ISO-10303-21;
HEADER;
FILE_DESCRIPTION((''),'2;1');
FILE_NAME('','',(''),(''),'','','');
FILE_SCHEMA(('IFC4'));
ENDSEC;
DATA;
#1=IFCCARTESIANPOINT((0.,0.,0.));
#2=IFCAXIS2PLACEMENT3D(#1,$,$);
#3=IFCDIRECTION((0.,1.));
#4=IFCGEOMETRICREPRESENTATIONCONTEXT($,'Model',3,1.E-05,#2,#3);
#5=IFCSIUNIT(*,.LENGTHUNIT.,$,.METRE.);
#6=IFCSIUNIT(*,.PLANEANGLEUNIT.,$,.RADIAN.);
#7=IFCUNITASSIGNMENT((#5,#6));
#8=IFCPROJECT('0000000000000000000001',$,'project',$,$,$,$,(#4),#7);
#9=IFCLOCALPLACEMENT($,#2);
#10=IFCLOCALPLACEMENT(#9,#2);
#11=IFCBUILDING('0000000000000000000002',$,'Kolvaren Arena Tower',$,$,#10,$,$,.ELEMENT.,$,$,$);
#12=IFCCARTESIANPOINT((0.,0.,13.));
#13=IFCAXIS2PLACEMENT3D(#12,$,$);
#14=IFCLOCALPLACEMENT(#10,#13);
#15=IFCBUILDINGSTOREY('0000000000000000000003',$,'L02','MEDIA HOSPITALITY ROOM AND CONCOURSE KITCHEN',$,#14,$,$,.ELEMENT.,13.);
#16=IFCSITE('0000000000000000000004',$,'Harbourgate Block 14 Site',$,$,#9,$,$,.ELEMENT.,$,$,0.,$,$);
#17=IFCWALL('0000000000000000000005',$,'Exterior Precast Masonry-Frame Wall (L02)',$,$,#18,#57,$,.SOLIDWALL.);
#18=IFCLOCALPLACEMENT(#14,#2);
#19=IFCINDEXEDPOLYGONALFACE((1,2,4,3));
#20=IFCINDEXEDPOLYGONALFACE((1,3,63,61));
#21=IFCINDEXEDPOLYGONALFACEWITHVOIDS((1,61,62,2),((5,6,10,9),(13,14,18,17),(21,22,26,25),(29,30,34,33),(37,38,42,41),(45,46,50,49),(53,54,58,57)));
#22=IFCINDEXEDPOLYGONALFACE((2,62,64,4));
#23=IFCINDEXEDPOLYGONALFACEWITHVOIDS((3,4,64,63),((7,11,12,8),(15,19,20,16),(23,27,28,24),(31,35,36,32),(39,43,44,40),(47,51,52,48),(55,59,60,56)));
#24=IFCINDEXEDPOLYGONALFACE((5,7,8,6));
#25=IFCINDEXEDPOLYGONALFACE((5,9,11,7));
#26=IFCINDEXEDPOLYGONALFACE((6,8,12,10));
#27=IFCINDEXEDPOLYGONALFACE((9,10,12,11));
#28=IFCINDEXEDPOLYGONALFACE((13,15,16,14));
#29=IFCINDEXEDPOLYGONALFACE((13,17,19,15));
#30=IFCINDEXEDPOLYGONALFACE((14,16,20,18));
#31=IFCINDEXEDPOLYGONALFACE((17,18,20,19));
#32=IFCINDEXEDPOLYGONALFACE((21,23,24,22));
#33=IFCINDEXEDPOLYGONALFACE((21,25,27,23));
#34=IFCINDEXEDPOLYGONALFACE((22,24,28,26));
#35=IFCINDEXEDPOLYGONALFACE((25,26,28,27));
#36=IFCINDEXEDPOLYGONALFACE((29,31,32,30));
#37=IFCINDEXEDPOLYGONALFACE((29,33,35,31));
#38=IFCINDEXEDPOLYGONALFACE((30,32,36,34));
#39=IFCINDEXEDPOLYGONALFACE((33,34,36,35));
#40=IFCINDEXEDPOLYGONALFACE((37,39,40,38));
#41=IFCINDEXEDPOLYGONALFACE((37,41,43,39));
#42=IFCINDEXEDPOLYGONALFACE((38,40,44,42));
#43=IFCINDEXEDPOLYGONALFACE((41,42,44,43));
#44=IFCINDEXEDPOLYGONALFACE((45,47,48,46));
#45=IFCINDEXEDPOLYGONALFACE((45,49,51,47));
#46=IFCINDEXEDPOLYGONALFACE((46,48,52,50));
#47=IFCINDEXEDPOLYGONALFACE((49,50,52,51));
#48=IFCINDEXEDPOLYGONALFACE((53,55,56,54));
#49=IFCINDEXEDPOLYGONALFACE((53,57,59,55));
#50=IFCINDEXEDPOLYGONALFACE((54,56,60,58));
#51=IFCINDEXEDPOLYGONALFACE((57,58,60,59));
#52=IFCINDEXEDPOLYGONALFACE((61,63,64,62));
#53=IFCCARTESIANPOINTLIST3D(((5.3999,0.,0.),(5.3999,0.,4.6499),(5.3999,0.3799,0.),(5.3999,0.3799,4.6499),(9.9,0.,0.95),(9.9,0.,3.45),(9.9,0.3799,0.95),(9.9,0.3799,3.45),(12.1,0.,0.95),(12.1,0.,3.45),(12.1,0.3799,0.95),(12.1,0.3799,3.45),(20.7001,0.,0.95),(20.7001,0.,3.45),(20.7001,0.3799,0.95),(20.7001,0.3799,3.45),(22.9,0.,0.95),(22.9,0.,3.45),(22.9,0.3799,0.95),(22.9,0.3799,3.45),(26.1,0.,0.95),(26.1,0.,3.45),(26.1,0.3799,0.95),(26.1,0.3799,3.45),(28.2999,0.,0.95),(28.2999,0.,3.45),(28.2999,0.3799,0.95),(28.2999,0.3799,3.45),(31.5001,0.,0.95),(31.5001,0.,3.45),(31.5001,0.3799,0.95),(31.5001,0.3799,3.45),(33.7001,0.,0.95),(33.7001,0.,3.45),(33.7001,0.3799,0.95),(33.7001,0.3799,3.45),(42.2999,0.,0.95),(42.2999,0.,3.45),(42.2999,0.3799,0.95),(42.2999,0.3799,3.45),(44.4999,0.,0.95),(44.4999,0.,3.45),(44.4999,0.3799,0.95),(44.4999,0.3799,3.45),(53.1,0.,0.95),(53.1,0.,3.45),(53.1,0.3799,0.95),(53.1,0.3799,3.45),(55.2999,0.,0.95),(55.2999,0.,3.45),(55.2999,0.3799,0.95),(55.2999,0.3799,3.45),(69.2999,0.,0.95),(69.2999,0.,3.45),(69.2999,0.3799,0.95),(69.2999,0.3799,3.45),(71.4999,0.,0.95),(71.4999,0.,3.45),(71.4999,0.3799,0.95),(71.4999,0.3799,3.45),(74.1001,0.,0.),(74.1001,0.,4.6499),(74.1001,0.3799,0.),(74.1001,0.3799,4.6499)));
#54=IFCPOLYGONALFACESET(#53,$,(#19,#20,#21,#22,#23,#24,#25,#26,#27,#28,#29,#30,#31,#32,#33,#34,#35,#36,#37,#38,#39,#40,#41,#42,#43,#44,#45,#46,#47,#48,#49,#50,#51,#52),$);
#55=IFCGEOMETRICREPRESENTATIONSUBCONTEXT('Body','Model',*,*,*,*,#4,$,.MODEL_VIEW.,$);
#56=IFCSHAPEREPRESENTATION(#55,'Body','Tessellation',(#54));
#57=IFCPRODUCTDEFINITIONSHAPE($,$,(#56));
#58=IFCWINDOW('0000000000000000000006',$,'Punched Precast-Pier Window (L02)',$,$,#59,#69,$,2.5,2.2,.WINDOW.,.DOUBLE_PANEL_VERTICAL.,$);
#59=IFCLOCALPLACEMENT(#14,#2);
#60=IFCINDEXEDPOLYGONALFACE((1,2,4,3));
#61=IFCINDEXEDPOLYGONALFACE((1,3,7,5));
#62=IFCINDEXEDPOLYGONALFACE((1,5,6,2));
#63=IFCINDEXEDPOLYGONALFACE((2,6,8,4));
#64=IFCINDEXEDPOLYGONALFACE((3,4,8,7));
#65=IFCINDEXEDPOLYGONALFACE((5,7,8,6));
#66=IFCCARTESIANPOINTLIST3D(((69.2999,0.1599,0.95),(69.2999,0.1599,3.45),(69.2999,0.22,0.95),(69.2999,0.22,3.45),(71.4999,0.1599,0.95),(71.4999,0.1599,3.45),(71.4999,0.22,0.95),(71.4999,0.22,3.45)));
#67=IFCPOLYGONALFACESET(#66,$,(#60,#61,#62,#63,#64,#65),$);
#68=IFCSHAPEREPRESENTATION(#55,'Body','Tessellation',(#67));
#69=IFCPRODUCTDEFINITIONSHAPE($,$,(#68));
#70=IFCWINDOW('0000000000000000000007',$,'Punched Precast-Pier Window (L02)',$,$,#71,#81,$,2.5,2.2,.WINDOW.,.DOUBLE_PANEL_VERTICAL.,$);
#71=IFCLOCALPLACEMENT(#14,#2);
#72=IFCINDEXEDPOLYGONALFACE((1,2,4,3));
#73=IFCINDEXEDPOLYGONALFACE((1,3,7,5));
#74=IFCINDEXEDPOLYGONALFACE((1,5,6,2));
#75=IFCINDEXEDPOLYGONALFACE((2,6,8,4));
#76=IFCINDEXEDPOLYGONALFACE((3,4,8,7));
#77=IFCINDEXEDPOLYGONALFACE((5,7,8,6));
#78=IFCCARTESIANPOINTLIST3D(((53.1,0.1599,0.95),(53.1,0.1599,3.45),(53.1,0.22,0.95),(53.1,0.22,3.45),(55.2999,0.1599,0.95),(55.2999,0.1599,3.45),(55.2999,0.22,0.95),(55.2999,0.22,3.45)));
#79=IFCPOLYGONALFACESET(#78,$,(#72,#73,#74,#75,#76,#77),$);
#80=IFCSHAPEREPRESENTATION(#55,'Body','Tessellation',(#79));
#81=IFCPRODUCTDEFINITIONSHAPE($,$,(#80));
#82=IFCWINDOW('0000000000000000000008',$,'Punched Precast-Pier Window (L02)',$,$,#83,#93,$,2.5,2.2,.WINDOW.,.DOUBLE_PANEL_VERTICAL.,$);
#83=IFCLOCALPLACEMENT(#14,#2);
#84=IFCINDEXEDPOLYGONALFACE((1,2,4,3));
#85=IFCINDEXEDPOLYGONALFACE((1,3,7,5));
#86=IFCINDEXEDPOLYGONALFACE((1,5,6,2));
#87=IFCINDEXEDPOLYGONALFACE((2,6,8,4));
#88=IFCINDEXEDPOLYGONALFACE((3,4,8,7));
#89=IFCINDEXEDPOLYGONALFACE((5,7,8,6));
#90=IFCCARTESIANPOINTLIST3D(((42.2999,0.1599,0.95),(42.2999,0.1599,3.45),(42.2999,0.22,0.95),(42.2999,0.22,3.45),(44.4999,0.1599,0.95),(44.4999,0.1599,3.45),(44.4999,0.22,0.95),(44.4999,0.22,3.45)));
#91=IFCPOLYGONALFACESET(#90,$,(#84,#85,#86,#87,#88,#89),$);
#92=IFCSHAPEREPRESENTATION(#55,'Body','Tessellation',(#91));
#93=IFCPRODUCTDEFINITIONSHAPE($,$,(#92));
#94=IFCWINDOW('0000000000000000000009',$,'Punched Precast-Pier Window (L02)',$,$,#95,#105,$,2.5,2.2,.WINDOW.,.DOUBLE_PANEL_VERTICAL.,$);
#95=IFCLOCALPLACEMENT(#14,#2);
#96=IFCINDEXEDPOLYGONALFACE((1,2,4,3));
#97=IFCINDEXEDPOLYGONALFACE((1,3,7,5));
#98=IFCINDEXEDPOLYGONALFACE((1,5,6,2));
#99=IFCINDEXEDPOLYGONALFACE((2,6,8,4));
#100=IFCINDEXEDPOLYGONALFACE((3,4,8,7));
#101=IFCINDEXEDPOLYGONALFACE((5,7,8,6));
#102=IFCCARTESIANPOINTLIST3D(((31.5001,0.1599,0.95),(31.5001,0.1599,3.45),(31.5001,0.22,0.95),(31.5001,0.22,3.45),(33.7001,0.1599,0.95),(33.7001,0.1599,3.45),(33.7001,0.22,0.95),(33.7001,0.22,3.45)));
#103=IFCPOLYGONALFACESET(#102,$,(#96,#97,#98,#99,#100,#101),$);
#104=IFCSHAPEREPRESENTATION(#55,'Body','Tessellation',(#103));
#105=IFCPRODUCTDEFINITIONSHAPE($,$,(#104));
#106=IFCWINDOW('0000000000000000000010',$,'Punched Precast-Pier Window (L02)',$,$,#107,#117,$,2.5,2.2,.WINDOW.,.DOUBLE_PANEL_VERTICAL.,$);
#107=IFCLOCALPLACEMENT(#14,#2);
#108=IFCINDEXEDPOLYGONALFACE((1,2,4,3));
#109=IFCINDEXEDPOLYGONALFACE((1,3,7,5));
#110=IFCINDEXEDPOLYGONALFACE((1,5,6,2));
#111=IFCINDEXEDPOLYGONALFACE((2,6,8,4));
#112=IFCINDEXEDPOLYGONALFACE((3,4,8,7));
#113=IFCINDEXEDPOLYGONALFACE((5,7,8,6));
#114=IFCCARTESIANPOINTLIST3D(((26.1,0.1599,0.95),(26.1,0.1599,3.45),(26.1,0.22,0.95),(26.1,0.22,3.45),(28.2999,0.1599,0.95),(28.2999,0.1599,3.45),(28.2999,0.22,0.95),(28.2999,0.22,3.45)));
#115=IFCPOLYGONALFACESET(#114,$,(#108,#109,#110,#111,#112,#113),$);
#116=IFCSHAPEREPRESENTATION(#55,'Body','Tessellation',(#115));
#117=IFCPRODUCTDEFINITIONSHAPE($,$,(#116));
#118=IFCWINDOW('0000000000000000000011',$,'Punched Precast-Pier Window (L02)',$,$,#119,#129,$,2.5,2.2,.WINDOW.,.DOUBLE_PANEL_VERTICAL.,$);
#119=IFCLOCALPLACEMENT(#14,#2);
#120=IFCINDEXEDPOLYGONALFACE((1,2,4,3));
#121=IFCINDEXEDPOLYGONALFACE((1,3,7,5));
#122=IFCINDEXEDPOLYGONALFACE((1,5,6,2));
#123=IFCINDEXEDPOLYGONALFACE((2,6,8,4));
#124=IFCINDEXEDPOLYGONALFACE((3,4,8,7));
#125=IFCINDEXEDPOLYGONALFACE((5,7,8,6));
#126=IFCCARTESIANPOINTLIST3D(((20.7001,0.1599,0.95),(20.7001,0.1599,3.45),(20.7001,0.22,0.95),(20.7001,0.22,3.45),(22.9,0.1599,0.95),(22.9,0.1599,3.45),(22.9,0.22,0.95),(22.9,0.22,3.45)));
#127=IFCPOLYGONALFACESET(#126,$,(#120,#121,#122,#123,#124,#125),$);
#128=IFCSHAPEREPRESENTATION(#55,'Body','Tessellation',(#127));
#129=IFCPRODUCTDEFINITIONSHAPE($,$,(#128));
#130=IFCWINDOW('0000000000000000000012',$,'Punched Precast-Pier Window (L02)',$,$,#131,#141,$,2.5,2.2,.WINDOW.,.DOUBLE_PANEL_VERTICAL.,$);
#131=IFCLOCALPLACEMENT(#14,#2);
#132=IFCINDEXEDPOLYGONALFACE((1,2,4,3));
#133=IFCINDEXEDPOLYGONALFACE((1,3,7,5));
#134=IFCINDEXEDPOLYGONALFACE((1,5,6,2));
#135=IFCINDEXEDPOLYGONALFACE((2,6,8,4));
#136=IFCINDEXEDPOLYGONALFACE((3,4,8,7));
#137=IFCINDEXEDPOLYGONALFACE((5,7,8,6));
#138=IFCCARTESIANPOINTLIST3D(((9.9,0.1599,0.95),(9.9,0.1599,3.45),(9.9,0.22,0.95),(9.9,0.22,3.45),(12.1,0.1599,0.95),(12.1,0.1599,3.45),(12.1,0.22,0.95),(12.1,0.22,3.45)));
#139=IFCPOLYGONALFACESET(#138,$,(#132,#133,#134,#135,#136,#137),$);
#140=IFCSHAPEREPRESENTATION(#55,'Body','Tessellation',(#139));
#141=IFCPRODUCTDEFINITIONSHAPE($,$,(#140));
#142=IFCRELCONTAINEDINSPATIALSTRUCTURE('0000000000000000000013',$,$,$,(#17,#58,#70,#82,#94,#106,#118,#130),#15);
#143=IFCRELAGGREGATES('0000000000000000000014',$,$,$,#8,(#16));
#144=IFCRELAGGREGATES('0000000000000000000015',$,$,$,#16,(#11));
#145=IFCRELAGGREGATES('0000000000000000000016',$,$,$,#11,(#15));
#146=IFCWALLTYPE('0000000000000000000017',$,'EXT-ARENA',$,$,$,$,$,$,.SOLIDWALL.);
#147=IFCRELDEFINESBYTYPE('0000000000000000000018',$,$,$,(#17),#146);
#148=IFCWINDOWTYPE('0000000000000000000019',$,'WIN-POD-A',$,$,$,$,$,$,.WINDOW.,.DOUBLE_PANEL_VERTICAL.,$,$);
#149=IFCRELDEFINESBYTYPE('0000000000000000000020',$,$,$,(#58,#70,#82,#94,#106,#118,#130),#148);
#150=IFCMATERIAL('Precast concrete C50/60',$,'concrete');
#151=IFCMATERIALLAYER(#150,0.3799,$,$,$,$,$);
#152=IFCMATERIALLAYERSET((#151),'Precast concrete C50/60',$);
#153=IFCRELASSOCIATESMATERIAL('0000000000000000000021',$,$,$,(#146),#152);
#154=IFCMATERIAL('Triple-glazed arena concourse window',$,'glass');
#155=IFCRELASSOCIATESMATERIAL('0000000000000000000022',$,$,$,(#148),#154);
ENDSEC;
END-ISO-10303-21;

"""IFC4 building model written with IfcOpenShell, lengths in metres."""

from ifc_helpers import new_model, si_unit, direction, frame, frame_2d, origin, place, context, subcontext, project, spatial, rectangle, extrude, material, layer, layer_set, type_object, element, fill, save


model = new_model("IFC4")

# Units and contexts
model_context = context("Model", 3, precision=1e-05, world=origin(), true_north=direction((0.0, 1.0)))
body_context = subcontext(model_context, "Body", "Model", "MODEL_VIEW")
ifc_project = project(units=[si_unit("LENGTHUNIT", "METRE"), si_unit("PLANEANGLEUNIT", "RADIAN")], contexts=[model_context])

# Site, building, storey
site_placement = place(None, origin())
site = spatial("IfcSite", under=ifc_project, at=site_placement, Name="Harbourgate Block 14 Site", CompositionType="ELEMENT", RefElevation=0.0)
building_placement = place(site_placement, origin())
building = spatial("IfcBuilding", under=site, at=building_placement, Name="Kolvaren Arena Tower", CompositionType="ELEMENT")
storey_placement = place(building_placement, frame((0.0, 0.0, 13.0)))
storey = spatial("IfcBuildingStorey", under=building, at=storey_placement, Name="L02", Description="MEDIA HOSPITALITY ROOM AND CONCOURSE KITCHEN", CompositionType="ELEMENT", Elevation=13.0)

# Shared definitions
ifc_material_1 = material(Name="Precast concrete C50/60", Category="concrete")
ifc_layer_1 = layer(ifc_material_1, 0.3799)
ifc_layer_set_1 = layer_set([ifc_layer_1], Name="Precast concrete C50/60")
wall_type_1 = type_object("IfcWallType", Name="EXT-ARENA", PredefinedType="SOLIDWALL", material=ifc_layer_set_1)

# Wall, openings, windows
wall_1_placement = place(storey_placement, frame((74.1001, 0.1899, 0.0), z_axis=(0.0, 0.0, 1.0), x_axis=(-1.0, 0.0, 0.0)))
wall_1 = element("IfcWall", 1, at=wall_1_placement, inside=storey, type_object=wall_type_1, Name="Exterior Precast Masonry-Frame Wall (L02)", PredefinedType="SOLIDWALL", context=body_context, shape_type="SweptSolid", body=[
    extrude(rectangle(XDim=68.7002, YDim=0.3799, at=frame_2d((34.3501, 0.0))), origin(), (0.0, 0.0, 1.0), 4.6499),
])
opening_1_placement = place(wall_1_placement, frame((2.6001, 0.0, 0.95)))
opening_1 = element("IfcOpeningElement", 2, at=opening_1_placement, cuts=wall_1, PredefinedType="OPENING", context=body_context, shape_type="SweptSolid", body=[
    extrude(rectangle(XDim=2.2, YDim=2.5, at=frame_2d((1.1001, 1.25))), frame((0.0, 0.2, 0.0), z_axis=(0.0, -1.0, 0.0), x_axis=(1.0, 0.0, 0.0)), (0.0, 0.0, 1.0), 0.3999),
])
opening_2_placement = place(wall_1_placement, frame((18.8, 0.0, 0.95)))
opening_2 = element("IfcOpeningElement", 3, at=opening_2_placement, cuts=wall_1, PredefinedType="OPENING", context=body_context, shape_type="SweptSolid", body=[
    extrude(rectangle(XDim=2.2, YDim=2.5, at=frame_2d((1.1001, 1.25))), frame((0.0, 0.2, 0.0), z_axis=(0.0, -1.0, 0.0), x_axis=(1.0, 0.0, 0.0)), (0.0, 0.0, 1.0), 0.3999),
])
opening_3_placement = place(wall_1_placement, frame((29.6001, 0.0, 0.95)))
opening_3 = element("IfcOpeningElement", 4, at=opening_3_placement, cuts=wall_1, PredefinedType="OPENING", context=body_context, shape_type="SweptSolid", body=[
    extrude(rectangle(XDim=2.2, YDim=2.5, at=frame_2d((1.1001, 1.25))), frame((0.0, 0.2, 0.0), z_axis=(0.0, -1.0, 0.0), x_axis=(1.0, 0.0, 0.0)), (0.0, 0.0, 1.0), 0.3999),
])
opening_4_placement = place(wall_1_placement, frame((40.3999, 0.0, 0.95)))
opening_4 = element("IfcOpeningElement", 5, at=opening_4_placement, cuts=wall_1, PredefinedType="OPENING", context=body_context, shape_type="SweptSolid", body=[
    extrude(rectangle(XDim=2.2, YDim=2.5, at=frame_2d((1.1001, 1.25))), frame((0.0, 0.2, 0.0), z_axis=(0.0, -1.0, 0.0), x_axis=(1.0, 0.0, 0.0)), (0.0, 0.0, 1.0), 0.3999),
])
opening_5_placement = place(wall_1_placement, frame((45.8, 0.0, 0.95)))
opening_5 = element("IfcOpeningElement", 6, at=opening_5_placement, cuts=wall_1, PredefinedType="OPENING", context=body_context, shape_type="SweptSolid", body=[
    extrude(rectangle(XDim=2.2, YDim=2.5, at=frame_2d((1.1001, 1.25))), frame((0.0, 0.2, 0.0), z_axis=(0.0, -1.0, 0.0), x_axis=(1.0, 0.0, 0.0)), (0.0, 0.0, 1.0), 0.3999),
])
opening_6_placement = place(wall_1_placement, frame((51.2, 0.0, 0.95)))
opening_6 = element("IfcOpeningElement", 7, at=opening_6_placement, cuts=wall_1, PredefinedType="OPENING", context=body_context, shape_type="SweptSolid", body=[
    extrude(rectangle(XDim=2.2, YDim=2.5, at=frame_2d((1.1001, 1.25))), frame((0.0, 0.2, 0.0), z_axis=(0.0, -1.0, 0.0), x_axis=(1.0, 0.0, 0.0)), (0.0, 0.0, 1.0), 0.3999),
])
opening_7_placement = place(wall_1_placement, frame((62.0, 0.0, 0.95)))
opening_7 = element("IfcOpeningElement", 8, at=opening_7_placement, cuts=wall_1, PredefinedType="OPENING", context=body_context, shape_type="SweptSolid", body=[
    extrude(rectangle(XDim=2.2, YDim=2.5, at=frame_2d((1.1001, 1.25))), frame((0.0, 0.2, 0.0), z_axis=(0.0, -1.0, 0.0), x_axis=(1.0, 0.0, 0.0)), (0.0, 0.0, 1.0), 0.3999),
])
ifc_material_2 = material(Name="Triple-glazed arena concourse window", Category="glass")
window_type = type_object("IfcWindowType", Name="WIN-POD-A", PartitioningType="DOUBLE_PANEL_VERTICAL", PredefinedType="WINDOW", material=ifc_material_2)
window_1_placement = place(opening_1_placement, origin())
window_1 = element("IfcWindow", 9, at=window_1_placement, inside=storey, type_object=window_type, Name="Punched Precast-Pier Window (L02)", OverallHeight=2.5, OverallWidth=2.2, PartitioningType="DOUBLE_PANEL_VERTICAL", PredefinedType="WINDOW", context=body_context, shape_type="SweptSolid", body=[
    extrude(rectangle(XDim=2.2, YDim=2.5, at=frame_2d((1.1001, 1.25))), frame((0.0, 0.03, 0.0), z_axis=(0.0, -1.0, 0.0), x_axis=(1.0, 0.0, 0.0)), (0.0, 0.0, 1.0), 0.0601),
])
fill(opening_1, window_1)
window_2_placement = place(opening_2_placement, origin())
window_2 = element("IfcWindow", 10, at=window_2_placement, inside=storey, type_object=window_type, Name="Punched Precast-Pier Window (L02)", OverallHeight=2.5, OverallWidth=2.2, PartitioningType="DOUBLE_PANEL_VERTICAL", PredefinedType="WINDOW", context=body_context, shape_type="SweptSolid", body=[
    extrude(rectangle(XDim=2.2, YDim=2.5, at=frame_2d((1.1001, 1.25))), frame((0.0, 0.03, 0.0), z_axis=(0.0, -1.0, 0.0), x_axis=(1.0, 0.0, 0.0)), (0.0, 0.0, 1.0), 0.0601),
])
fill(opening_2, window_2)
window_3_placement = place(opening_3_placement, origin())
window_3 = element("IfcWindow", 11, at=window_3_placement, inside=storey, type_object=window_type, Name="Punched Precast-Pier Window (L02)", OverallHeight=2.5, OverallWidth=2.2, PartitioningType="DOUBLE_PANEL_VERTICAL", PredefinedType="WINDOW", context=body_context, shape_type="SweptSolid", body=[
    extrude(rectangle(XDim=2.2, YDim=2.5, at=frame_2d((1.1001, 1.25))), frame((0.0, 0.03, 0.0), z_axis=(0.0, -1.0, 0.0), x_axis=(1.0, 0.0, 0.0)), (0.0, 0.0, 1.0), 0.0601),
])
fill(opening_3, window_3)
window_4_placement = place(opening_4_placement, origin())
window_4 = element("IfcWindow", 12, at=window_4_placement, inside=storey, type_object=window_type, Name="Punched Precast-Pier Window (L02)", OverallHeight=2.5, OverallWidth=2.2, PartitioningType="DOUBLE_PANEL_VERTICAL", PredefinedType="WINDOW", context=body_context, shape_type="SweptSolid", body=[
    extrude(rectangle(XDim=2.2, YDim=2.5, at=frame_2d((1.1001, 1.25))), frame((0.0, 0.03, 0.0), z_axis=(0.0, -1.0, 0.0), x_axis=(1.0, 0.0, 0.0)), (0.0, 0.0, 1.0), 0.0601),
])
fill(opening_4, window_4)
window_5_placement = place(opening_5_placement, origin())
window_5 = element("IfcWindow", 13, at=window_5_placement, inside=storey, type_object=window_type, Name="Punched Precast-Pier Window (L02)", OverallHeight=2.5, OverallWidth=2.2, PartitioningType="DOUBLE_PANEL_VERTICAL", PredefinedType="WINDOW", context=body_context, shape_type="SweptSolid", body=[
    extrude(rectangle(XDim=2.2, YDim=2.5, at=frame_2d((1.1001, 1.25))), frame((0.0, 0.03, 0.0), z_axis=(0.0, -1.0, 0.0), x_axis=(1.0, 0.0, 0.0)), (0.0, 0.0, 1.0), 0.0601),
])
fill(opening_5, window_5)
window_6_placement = place(opening_6_placement, origin())
window_6 = element("IfcWindow", 14, at=window_6_placement, inside=storey, type_object=window_type, Name="Punched Precast-Pier Window (L02)", OverallHeight=2.5, OverallWidth=2.2, PartitioningType="DOUBLE_PANEL_VERTICAL", PredefinedType="WINDOW", context=body_context, shape_type="SweptSolid", body=[
    extrude(rectangle(XDim=2.2, YDim=2.5, at=frame_2d((1.1001, 1.25))), frame((0.0, 0.03, 0.0), z_axis=(0.0, -1.0, 0.0), x_axis=(1.0, 0.0, 0.0)), (0.0, 0.0, 1.0), 0.0601),
])
fill(opening_6, window_6)
window_7_placement = place(opening_7_placement, origin())
window_7 = element("IfcWindow", 15, at=window_7_placement, inside=storey, type_object=window_type, Name="Punched Precast-Pier Window (L02)", OverallHeight=2.5, OverallWidth=2.2, PartitioningType="DOUBLE_PANEL_VERTICAL", PredefinedType="WINDOW", context=body_context, shape_type="SweptSolid", body=[
    extrude(rectangle(XDim=2.2, YDim=2.5, at=frame_2d((1.1001, 1.25))), frame((0.0, 0.03, 0.0), z_axis=(0.0, -1.0, 0.0), x_axis=(1.0, 0.0, 0.0)), (0.0, 0.0, 1.0), 0.0601),
])
fill(opening_7, window_7)

save(model, "model.ifc")
